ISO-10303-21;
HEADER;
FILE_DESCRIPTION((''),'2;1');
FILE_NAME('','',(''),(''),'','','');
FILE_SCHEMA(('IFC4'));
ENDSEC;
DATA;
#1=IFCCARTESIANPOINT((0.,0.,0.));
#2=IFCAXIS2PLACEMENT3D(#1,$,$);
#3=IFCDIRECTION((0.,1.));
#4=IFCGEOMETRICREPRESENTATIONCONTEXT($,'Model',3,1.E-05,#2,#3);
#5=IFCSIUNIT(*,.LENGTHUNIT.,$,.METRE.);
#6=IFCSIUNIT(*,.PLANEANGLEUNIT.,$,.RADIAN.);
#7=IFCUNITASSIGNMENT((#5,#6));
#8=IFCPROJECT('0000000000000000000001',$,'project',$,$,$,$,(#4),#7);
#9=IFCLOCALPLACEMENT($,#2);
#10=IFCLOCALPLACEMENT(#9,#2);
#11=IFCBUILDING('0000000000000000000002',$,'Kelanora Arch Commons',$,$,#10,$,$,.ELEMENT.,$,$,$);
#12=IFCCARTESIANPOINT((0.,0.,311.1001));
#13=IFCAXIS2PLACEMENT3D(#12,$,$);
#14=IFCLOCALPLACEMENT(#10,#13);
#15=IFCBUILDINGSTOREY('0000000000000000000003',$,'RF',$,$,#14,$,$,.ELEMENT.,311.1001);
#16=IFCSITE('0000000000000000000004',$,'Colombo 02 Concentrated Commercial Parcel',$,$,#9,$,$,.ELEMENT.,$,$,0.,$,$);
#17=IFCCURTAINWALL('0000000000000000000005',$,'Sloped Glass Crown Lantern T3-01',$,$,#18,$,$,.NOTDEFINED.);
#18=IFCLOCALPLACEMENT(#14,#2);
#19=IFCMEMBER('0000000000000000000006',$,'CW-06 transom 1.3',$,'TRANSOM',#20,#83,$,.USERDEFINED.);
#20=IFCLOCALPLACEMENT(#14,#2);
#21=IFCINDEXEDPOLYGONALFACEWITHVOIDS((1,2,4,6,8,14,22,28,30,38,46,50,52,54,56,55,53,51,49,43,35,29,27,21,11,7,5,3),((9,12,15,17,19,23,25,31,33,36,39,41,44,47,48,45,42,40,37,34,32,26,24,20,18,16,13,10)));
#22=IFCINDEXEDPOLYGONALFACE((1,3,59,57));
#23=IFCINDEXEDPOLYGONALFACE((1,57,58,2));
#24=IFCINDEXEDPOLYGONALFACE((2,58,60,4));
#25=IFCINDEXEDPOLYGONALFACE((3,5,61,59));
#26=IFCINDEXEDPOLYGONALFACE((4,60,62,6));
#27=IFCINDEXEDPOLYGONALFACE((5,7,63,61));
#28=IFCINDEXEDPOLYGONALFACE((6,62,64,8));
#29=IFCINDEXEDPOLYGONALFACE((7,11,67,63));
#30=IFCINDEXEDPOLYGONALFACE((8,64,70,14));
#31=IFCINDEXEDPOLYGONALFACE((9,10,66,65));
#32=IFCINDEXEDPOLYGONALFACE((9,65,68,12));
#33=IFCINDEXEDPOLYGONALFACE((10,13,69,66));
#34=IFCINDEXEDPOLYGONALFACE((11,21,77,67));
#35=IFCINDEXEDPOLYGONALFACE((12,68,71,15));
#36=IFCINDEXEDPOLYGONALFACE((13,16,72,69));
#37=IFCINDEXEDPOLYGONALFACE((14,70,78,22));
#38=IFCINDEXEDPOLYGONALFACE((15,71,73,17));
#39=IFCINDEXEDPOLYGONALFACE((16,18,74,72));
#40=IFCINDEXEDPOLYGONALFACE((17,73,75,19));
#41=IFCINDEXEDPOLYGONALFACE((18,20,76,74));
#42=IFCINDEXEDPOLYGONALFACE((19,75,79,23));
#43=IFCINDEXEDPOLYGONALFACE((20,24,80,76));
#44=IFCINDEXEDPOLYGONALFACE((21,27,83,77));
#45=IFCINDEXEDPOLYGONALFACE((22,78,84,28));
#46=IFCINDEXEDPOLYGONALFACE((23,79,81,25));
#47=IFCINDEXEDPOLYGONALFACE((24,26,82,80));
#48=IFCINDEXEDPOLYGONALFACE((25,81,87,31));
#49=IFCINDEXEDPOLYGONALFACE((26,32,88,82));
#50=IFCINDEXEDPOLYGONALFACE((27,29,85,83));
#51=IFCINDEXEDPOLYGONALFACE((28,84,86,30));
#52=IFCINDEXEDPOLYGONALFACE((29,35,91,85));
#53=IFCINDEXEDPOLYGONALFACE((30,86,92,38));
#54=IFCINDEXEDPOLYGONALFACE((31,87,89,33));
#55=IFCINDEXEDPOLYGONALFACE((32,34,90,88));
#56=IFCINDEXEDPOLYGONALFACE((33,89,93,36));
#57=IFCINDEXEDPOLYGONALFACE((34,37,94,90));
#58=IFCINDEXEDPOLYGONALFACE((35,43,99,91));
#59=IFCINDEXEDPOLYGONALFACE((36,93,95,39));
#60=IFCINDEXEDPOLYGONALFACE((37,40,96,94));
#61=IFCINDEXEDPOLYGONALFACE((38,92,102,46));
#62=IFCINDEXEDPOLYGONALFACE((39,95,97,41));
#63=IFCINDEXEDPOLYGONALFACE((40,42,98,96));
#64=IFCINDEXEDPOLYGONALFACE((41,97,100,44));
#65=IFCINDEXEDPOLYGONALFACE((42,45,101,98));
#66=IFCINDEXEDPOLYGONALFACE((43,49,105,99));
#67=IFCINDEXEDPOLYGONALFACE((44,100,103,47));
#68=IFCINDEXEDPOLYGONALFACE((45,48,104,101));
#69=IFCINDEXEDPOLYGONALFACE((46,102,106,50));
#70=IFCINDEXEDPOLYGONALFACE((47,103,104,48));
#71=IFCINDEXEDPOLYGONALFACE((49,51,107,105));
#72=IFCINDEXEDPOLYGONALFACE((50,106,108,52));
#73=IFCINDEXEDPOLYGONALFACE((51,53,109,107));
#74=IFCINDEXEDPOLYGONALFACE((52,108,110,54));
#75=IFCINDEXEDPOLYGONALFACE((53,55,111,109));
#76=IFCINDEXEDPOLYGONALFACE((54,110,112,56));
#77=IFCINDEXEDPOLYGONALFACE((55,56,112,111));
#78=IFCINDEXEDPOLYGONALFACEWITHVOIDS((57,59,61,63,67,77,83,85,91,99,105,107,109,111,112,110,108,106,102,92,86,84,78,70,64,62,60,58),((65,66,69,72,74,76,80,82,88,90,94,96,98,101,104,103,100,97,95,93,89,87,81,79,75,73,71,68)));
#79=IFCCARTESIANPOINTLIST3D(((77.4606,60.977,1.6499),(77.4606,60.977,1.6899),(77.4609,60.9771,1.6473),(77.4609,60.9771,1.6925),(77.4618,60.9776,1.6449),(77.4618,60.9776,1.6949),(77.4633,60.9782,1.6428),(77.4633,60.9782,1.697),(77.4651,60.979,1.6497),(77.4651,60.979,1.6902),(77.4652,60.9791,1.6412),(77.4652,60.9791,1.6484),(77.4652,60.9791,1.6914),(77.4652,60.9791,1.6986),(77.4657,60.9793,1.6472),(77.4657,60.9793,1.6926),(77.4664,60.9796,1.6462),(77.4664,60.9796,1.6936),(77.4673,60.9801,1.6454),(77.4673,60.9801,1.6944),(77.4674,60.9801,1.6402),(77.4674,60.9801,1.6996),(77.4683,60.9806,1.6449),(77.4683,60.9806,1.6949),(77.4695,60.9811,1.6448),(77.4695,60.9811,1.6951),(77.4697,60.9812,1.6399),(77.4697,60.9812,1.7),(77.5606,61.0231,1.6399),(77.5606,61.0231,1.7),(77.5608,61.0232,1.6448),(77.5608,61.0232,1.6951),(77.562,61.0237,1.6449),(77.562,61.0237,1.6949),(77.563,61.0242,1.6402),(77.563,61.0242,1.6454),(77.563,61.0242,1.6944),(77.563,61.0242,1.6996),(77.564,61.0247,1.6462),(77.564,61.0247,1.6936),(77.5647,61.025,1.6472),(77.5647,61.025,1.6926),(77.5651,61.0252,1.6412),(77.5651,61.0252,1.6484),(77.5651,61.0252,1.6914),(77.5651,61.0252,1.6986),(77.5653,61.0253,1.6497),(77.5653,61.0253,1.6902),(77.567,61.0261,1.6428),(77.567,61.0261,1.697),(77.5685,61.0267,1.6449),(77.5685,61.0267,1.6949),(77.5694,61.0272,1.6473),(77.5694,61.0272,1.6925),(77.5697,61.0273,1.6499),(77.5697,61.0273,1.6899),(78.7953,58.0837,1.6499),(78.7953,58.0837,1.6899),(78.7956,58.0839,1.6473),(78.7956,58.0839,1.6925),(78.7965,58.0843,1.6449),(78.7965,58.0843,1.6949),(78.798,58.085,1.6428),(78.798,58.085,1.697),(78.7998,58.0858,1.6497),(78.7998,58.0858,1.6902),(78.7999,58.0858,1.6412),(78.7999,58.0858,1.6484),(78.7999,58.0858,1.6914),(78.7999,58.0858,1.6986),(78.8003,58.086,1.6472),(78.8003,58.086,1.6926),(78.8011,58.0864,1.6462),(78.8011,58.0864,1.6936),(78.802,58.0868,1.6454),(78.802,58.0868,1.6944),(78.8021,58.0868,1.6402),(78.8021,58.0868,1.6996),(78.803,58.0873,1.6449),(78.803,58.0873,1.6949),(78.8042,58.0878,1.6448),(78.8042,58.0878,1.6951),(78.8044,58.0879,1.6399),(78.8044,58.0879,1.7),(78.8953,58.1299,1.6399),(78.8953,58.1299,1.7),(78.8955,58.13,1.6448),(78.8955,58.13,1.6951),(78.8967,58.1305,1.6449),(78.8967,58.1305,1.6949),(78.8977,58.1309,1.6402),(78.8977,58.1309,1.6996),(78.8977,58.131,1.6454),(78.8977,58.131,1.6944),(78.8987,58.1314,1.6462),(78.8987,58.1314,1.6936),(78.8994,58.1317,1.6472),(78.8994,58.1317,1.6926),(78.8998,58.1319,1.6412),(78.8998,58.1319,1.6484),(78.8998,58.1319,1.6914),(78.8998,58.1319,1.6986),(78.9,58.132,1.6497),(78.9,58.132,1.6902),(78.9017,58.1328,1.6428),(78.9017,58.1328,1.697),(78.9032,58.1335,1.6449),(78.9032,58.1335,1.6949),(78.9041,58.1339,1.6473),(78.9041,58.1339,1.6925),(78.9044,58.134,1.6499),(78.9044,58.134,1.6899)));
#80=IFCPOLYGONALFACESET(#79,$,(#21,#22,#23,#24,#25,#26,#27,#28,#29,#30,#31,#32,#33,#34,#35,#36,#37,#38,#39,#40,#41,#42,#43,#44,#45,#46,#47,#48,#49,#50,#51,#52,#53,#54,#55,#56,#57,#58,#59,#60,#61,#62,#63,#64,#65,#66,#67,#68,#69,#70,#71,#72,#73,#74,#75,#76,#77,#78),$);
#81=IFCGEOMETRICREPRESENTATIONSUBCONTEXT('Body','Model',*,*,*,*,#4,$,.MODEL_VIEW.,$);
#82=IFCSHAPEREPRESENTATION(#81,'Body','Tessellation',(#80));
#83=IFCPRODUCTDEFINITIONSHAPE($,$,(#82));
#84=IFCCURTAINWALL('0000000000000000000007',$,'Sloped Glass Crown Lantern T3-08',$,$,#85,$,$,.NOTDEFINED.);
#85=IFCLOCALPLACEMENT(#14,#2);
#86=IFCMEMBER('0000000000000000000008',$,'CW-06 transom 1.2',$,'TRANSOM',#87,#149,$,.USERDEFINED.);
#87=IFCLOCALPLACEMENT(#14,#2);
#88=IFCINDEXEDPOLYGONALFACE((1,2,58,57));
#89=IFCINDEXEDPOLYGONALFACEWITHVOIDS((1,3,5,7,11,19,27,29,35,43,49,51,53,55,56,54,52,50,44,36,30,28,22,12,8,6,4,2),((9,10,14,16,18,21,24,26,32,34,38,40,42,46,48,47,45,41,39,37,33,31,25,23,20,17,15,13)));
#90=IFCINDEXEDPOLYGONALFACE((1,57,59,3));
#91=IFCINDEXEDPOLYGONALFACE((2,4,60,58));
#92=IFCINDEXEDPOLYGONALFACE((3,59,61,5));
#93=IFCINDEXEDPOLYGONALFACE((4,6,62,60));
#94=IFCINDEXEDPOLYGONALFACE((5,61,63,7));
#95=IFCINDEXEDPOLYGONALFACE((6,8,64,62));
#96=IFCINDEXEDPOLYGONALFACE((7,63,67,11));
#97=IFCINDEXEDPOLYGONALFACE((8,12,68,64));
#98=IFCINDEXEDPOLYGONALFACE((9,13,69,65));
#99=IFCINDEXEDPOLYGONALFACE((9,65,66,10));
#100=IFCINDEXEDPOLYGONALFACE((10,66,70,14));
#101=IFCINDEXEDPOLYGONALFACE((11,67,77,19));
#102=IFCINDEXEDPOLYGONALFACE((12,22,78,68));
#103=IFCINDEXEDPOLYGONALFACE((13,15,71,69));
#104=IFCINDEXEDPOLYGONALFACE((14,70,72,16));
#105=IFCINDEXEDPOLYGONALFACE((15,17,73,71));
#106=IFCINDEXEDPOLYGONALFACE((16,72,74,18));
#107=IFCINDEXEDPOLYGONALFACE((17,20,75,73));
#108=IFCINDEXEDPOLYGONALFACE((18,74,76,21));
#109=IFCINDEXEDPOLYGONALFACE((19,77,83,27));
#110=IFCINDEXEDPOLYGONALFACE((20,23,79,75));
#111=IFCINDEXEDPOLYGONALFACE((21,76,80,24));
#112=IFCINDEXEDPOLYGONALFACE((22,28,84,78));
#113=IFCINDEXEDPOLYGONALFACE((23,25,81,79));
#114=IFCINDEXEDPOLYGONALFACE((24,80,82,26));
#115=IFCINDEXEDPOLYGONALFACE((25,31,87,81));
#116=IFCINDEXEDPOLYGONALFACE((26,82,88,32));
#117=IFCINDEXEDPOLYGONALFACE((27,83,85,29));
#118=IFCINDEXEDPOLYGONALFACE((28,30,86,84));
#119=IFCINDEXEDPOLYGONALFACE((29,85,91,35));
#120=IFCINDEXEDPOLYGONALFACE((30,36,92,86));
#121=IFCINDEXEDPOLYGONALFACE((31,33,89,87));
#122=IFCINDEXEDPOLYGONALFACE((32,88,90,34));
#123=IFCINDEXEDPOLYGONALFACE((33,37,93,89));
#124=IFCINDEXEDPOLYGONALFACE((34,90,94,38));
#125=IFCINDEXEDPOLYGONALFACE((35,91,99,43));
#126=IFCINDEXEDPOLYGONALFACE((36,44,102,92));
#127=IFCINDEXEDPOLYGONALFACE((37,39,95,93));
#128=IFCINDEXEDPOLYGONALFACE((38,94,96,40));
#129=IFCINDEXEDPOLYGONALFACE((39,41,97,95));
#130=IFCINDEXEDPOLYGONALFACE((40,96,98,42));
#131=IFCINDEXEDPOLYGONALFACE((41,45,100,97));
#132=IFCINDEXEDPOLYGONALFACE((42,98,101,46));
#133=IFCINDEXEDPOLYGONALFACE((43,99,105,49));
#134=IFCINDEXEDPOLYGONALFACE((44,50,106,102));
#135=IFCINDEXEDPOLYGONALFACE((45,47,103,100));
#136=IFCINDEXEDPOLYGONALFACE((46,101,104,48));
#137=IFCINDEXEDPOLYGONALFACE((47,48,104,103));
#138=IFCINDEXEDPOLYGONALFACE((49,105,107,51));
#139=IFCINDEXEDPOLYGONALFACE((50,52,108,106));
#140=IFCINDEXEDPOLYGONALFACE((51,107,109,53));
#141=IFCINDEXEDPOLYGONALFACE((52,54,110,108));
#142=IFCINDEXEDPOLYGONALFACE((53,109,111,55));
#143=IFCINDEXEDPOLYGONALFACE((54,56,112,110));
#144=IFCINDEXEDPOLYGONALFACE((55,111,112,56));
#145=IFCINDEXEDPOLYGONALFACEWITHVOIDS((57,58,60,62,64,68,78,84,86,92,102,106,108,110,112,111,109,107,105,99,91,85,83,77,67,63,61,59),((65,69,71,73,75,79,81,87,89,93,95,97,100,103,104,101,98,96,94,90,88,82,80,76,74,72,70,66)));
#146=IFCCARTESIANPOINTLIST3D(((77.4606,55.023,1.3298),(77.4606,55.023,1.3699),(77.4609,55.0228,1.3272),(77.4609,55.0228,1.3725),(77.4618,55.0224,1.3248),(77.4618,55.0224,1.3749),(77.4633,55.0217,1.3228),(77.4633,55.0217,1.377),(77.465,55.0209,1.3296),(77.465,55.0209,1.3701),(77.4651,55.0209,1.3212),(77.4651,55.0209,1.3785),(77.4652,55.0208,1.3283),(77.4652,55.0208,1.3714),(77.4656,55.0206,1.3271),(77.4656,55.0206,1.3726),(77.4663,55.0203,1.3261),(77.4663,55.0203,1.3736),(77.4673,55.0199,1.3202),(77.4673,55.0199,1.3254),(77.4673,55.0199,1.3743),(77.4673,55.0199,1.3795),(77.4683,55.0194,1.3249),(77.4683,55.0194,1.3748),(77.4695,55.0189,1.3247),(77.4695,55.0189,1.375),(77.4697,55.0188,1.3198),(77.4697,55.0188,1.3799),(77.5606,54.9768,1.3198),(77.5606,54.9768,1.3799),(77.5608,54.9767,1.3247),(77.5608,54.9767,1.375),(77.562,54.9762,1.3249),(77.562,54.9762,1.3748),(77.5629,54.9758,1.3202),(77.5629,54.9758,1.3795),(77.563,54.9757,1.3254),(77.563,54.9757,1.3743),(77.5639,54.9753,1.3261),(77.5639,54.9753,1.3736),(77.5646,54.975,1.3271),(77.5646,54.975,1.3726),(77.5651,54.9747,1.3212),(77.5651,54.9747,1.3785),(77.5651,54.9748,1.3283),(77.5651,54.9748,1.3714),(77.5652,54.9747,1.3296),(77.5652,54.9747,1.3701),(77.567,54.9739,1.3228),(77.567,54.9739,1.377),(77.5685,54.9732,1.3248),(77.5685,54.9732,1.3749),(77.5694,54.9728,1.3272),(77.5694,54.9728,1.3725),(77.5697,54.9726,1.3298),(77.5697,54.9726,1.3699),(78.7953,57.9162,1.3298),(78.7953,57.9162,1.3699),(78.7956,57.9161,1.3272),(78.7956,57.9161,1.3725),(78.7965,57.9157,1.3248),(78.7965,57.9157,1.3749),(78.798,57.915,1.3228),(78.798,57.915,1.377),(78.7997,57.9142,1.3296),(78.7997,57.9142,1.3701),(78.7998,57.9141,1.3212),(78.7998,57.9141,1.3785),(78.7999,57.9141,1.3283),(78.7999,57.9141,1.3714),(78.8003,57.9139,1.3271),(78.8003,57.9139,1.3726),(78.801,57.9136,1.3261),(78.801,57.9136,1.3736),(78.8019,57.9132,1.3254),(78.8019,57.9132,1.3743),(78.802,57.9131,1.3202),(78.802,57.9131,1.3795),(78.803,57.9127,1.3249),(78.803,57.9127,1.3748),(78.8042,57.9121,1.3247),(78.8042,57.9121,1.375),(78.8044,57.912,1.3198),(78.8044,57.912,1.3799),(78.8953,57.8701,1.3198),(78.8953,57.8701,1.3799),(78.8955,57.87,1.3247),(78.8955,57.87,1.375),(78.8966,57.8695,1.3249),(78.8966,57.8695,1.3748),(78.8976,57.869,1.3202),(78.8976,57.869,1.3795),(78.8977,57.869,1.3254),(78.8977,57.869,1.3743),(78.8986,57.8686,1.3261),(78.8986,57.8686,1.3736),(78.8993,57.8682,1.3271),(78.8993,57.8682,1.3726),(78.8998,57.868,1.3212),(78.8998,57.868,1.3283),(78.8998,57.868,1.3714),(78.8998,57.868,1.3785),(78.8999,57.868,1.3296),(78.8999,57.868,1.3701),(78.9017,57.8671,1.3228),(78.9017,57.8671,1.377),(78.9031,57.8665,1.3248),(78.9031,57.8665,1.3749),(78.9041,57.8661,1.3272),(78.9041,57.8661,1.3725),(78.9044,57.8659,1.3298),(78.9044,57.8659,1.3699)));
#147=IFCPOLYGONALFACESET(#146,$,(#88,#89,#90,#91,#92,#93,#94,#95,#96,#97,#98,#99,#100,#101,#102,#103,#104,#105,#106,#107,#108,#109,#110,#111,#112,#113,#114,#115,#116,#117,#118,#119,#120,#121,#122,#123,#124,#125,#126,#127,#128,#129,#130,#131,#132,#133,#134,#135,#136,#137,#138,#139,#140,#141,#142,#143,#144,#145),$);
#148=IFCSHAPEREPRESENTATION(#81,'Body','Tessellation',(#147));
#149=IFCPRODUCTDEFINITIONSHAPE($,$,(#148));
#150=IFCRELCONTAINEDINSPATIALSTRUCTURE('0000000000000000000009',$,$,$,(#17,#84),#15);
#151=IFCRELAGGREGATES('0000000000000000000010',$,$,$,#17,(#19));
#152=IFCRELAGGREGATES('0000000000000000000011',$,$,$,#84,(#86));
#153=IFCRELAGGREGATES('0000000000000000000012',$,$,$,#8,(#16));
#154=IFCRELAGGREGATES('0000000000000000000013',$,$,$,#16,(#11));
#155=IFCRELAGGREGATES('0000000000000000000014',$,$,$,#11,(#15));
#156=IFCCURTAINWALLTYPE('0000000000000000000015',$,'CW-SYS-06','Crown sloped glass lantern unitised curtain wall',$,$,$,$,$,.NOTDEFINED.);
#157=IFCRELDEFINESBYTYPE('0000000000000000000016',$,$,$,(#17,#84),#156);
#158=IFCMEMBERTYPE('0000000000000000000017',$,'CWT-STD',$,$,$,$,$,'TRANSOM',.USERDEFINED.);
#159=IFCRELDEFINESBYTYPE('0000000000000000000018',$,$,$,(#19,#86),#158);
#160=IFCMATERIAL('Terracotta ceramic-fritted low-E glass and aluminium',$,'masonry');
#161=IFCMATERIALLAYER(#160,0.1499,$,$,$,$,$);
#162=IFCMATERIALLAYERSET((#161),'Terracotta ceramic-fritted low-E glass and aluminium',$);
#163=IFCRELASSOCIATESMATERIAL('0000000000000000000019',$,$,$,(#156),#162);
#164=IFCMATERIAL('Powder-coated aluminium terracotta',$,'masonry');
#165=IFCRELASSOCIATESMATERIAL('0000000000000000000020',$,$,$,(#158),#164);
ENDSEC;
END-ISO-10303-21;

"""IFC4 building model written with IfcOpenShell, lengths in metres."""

from ifc_helpers import new_model, si_unit, direction, frame, origin, origin_2d, place, context, subcontext, project, spatial, hollow_rectangle, extrude, material, layer, layer_set, material_profile, profile_set, type_object, element, aggregate, save


model = new_model("IFC4")

# Units and contexts
model_context = context("Model", 3, precision=1e-05, world=origin(), true_north=direction((0.0, 1.0)))
body_context = subcontext(model_context, "Body", "Model", "MODEL_VIEW")
ifc_project = project(units=[si_unit("LENGTHUNIT", "METRE"), si_unit("PLANEANGLEUNIT", "RADIAN")], contexts=[model_context])

# Site, building, storey
site_placement = place(None, origin())
site = spatial("IfcSite", under=ifc_project, at=site_placement, Name="Colombo 02 Concentrated Commercial Parcel", CompositionType="ELEMENT", RefElevation=0.0)
building_placement = place(site_placement, origin())
building = spatial("IfcBuilding", under=site, at=building_placement, Name="Kelanora Arch Commons", CompositionType="ELEMENT")
storey_placement = place(building_placement, frame((0.0, 0.0, 311.1001)))
storey = spatial("IfcBuildingStorey", under=building, at=storey_placement, Name="RF", CompositionType="ELEMENT", Elevation=311.1001)

# Shared definitions
ifc_material_1 = material(Name="Terracotta ceramic-fritted low-E glass and aluminium", Category="masonry")
ifc_layer_1 = layer(ifc_material_1, 0.1499)
ifc_layer_set_1 = layer_set([ifc_layer_1], Name="Terracotta ceramic-fritted low-E glass and aluminium")
curtain_wall_type = type_object("IfcCurtainWallType", Name="CW-SYS-06", Description="Crown sloped glass lantern unitised curtain wall", PredefinedType="NOTDEFINED", material=ifc_layer_set_1)
ifc_material_2 = material(Name="Powder-coated aluminium terracotta", Category="masonry")
ifc_material_profile_1 = material_profile(ifc_material_2, hollow_rectangle(XDim=0.1201, YDim=0.0601, WallThickness=0.0049, InnerFilletRadius=0.0049, OuterFilletRadius=0.01, at=origin_2d()), Name="CWT120x60")
ifc_profile_set_1 = profile_set([ifc_material_profile_1], Name="Powder-coated aluminium terracotta")
member_type_1 = type_object("IfcMemberType", Name="CWT-STD", ElementType="TRANSOM", PredefinedType="USERDEFINED", material=ifc_profile_set_1)

# Curtain walls, members
curtain_wall_1_placement = place(storey_placement, origin())
curtain_wall_1 = element("IfcCurtainWall", 1, at=curtain_wall_1_placement, inside=storey, type_object=curtain_wall_type, Name="Sloped Glass Crown Lantern T3-01", PredefinedType="NOTDEFINED")
member_1_placement = place(storey_placement, frame((78.8499, 58.1089, 1.6699), z_axis=(-0.418888, 0.908038, 0.0), x_axis=(-0.908038, -0.418888, 0.0)))
member_1 = element("IfcMember", 2, at=member_1_placement, type_object=member_type_1, Name="CW-06 transom 1.3", ObjectType="TRANSOM", PredefinedType="USERDEFINED", context=body_context, shape_type="SweptSolid", body=[
    extrude(hollow_rectangle(XDim=0.1201, YDim=0.0601, WallThickness=0.0049, InnerFilletRadius=0.0049, OuterFilletRadius=0.01, at=origin_2d()), origin(), (0.0, 0.0, 1.0), 3.1863),
])
curtain_wall_2_placement = place(storey_placement, origin())
curtain_wall_2 = element("IfcCurtainWall", 3, at=curtain_wall_2_placement, inside=storey, type_object=curtain_wall_type, Name="Sloped Glass Crown Lantern T3-08", PredefinedType="NOTDEFINED")
member_2_placement = place(storey_placement, frame((77.5151, 54.9978, 1.3499), z_axis=(0.418888, 0.908038, 0.0), x_axis=(-0.908038, 0.418888, 0.0)))
member_2 = element("IfcMember", 4, at=member_2_placement, type_object=member_type_1, Name="CW-06 transom 1.2", ObjectType="TRANSOM", PredefinedType="USERDEFINED", context=body_context, shape_type="SweptSolid", body=[
    extrude(hollow_rectangle(XDim=0.1201, YDim=0.0601, WallThickness=0.0049, InnerFilletRadius=0.0049, OuterFilletRadius=0.01, at=origin_2d()), origin(), (0.0, 0.0, 1.0), 3.1863),
])

aggregate(curtain_wall_1, [member_1])
aggregate(curtain_wall_2, [member_2])

save(model, "model.ifc")
